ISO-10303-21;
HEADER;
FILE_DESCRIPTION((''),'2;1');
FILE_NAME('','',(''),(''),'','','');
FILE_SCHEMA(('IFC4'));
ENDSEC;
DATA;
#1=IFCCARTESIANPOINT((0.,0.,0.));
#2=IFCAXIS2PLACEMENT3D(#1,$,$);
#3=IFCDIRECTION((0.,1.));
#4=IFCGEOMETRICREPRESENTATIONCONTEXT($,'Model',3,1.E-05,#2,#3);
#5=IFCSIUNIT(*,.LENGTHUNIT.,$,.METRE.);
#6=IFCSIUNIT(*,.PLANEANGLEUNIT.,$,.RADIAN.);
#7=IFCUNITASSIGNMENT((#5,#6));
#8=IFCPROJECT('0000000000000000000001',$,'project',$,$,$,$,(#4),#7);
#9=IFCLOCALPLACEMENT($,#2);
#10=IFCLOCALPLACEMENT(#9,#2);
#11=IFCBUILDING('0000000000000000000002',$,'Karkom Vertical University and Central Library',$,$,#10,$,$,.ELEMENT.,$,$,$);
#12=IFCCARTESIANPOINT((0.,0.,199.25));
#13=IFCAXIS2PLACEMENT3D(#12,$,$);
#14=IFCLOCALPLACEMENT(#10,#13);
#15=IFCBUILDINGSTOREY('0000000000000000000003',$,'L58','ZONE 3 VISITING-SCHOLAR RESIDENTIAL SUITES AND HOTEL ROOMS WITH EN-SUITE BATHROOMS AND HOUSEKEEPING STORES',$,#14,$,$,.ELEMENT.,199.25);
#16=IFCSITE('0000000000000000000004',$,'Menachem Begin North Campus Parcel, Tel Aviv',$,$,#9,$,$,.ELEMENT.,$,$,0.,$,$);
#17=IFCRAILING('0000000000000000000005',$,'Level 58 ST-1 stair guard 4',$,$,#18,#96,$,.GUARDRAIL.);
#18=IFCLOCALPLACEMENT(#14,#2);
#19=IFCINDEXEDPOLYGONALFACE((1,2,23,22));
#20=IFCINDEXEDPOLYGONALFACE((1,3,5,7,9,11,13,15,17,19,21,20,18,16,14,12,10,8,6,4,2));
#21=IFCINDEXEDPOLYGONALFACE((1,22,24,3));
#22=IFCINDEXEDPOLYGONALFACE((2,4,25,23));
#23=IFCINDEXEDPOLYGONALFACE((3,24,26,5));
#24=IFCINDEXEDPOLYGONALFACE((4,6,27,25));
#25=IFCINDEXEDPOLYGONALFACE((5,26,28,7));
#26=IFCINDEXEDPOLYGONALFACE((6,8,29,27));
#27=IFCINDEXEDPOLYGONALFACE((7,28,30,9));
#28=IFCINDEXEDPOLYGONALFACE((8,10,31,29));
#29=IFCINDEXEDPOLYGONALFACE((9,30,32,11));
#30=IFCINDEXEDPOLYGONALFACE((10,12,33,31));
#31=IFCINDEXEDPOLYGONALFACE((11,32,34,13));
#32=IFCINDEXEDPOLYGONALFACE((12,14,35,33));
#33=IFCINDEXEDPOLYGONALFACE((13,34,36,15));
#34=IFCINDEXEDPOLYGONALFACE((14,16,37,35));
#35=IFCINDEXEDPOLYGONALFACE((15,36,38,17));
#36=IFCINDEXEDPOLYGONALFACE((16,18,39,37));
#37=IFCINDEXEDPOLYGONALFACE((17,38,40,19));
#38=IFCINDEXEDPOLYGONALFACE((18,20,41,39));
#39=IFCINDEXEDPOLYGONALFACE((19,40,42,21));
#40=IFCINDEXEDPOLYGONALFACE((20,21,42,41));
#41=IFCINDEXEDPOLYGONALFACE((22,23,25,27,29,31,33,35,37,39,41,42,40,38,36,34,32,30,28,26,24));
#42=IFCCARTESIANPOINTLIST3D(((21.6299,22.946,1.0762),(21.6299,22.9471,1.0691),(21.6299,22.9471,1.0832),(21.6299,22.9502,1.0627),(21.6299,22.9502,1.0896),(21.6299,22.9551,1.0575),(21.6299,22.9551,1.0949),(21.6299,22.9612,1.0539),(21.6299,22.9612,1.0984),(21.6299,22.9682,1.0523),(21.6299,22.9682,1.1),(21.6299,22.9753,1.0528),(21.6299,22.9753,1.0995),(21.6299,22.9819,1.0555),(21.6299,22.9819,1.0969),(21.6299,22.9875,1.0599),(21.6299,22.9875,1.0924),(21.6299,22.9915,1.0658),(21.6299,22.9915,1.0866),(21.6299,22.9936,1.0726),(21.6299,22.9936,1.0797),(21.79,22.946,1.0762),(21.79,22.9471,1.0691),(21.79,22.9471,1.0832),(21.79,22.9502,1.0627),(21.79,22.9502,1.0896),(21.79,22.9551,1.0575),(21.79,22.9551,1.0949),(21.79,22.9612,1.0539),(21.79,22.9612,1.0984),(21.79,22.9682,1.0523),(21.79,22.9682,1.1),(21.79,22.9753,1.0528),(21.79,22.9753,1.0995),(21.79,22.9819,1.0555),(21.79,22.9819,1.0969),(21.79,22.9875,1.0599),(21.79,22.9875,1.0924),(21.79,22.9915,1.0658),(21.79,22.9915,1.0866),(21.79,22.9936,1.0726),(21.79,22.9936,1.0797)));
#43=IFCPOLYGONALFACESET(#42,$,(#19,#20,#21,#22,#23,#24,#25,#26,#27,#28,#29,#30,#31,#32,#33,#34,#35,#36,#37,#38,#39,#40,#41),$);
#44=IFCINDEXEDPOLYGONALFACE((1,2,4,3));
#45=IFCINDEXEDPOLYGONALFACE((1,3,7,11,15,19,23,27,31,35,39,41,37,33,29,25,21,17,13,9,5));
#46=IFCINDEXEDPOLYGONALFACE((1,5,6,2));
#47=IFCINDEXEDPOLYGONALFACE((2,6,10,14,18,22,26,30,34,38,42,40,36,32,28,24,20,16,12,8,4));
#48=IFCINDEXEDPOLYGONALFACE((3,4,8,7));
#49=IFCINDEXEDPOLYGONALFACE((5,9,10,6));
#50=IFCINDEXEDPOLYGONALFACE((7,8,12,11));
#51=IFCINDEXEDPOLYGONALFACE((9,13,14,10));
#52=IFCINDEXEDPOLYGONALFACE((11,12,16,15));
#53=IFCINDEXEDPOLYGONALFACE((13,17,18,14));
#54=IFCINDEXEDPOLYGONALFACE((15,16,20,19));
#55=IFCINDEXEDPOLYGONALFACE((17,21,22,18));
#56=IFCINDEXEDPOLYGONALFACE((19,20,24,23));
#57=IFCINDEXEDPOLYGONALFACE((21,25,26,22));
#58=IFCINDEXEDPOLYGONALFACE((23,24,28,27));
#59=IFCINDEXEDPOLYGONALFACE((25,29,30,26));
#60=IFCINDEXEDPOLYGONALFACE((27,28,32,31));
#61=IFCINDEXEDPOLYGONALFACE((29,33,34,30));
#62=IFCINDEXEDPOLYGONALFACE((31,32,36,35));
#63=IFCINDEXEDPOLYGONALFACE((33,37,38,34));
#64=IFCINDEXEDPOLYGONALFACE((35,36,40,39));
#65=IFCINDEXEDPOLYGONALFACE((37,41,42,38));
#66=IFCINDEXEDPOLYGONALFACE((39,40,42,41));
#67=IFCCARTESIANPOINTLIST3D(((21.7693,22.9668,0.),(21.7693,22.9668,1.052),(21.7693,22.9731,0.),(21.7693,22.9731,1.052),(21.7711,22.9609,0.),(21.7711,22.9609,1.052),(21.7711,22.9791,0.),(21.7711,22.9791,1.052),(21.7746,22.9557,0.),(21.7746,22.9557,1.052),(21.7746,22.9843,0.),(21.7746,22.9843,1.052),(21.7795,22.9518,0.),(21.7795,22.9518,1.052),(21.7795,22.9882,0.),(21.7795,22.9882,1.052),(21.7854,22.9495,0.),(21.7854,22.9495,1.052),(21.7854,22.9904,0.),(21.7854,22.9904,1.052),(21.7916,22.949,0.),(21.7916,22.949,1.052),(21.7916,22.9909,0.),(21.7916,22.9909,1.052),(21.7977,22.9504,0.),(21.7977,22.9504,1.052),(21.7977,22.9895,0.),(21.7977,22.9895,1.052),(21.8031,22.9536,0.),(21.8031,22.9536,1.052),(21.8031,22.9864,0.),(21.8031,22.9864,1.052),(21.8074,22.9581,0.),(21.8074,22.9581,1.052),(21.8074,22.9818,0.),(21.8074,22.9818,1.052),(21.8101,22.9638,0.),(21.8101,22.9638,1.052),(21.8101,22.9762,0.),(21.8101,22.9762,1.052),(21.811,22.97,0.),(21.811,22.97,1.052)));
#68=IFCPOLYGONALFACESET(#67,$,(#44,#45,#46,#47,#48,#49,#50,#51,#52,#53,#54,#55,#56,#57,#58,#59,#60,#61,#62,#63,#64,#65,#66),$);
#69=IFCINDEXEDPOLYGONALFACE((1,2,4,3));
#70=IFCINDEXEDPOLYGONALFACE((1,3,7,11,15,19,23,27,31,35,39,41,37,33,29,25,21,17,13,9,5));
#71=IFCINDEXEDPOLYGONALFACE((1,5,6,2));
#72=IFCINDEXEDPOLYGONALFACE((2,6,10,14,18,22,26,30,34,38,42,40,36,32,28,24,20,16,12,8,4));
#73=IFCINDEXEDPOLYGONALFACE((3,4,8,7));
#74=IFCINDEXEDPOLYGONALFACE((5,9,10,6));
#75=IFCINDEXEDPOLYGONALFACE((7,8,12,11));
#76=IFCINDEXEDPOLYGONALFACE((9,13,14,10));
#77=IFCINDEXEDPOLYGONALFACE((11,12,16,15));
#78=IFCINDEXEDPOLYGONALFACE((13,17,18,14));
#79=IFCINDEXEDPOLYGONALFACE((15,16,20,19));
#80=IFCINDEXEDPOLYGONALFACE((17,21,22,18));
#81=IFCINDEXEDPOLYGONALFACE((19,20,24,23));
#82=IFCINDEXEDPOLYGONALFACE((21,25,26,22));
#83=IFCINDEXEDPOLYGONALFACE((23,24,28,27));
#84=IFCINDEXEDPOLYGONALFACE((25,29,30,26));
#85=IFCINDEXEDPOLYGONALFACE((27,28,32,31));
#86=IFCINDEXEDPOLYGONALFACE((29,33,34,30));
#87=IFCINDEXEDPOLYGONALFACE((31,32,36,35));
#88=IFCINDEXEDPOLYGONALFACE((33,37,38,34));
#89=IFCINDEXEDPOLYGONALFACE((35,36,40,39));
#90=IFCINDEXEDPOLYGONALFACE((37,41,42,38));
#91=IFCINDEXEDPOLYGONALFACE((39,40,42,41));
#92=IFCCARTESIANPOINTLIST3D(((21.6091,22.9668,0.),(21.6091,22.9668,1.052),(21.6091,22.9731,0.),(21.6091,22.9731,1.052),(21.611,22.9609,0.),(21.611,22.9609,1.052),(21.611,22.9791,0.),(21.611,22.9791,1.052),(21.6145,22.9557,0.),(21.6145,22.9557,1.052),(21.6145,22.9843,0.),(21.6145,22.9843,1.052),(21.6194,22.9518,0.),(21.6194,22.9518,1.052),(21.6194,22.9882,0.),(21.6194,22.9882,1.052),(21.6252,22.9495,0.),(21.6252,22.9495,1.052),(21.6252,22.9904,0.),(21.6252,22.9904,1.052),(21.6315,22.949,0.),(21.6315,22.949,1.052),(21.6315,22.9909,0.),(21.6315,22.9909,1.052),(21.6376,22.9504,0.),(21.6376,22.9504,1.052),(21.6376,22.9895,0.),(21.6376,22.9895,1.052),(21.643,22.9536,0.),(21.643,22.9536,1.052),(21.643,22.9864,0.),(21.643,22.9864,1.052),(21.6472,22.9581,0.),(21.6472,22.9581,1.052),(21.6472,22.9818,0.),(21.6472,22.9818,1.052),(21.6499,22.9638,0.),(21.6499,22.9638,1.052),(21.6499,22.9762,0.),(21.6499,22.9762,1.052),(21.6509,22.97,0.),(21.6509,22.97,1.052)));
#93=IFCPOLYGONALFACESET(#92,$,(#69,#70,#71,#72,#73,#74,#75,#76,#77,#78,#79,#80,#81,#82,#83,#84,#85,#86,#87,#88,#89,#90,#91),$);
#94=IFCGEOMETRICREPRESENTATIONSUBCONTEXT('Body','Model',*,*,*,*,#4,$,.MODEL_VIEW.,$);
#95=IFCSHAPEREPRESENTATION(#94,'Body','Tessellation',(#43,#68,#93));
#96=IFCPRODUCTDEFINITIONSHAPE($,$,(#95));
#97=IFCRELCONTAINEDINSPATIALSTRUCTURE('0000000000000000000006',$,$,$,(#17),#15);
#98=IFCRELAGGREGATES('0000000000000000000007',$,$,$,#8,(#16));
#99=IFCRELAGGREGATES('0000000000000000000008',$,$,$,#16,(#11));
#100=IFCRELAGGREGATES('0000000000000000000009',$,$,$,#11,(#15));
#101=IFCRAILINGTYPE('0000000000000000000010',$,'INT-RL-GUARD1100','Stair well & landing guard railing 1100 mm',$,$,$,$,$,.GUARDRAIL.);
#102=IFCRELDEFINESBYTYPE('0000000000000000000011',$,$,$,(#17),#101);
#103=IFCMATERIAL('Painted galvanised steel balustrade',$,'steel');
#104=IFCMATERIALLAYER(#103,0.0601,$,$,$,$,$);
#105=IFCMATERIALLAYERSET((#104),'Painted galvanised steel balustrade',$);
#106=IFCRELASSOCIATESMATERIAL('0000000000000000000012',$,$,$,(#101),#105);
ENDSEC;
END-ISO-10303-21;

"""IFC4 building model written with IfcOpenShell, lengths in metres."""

from ifc_helpers import new_model, si_unit, direction, frame, origin, origin_2d, place, context, subcontext, project, spatial, circle, extrude, material, layer, layer_set, type_object, element, save


model = new_model("IFC4")

# Units and contexts
model_context = context("Model", 3, precision=1e-05, world=origin(), true_north=direction((0.0, 1.0)))
body_context = subcontext(model_context, "Body", "Model", "MODEL_VIEW")
ifc_project = project(units=[si_unit("LENGTHUNIT", "METRE"), si_unit("PLANEANGLEUNIT", "RADIAN")], contexts=[model_context])

# Site, building, storey
site_placement = place(None, origin())
site = spatial("IfcSite", under=ifc_project, at=site_placement, Name="Menachem Begin North Campus Parcel, Tel Aviv", CompositionType="ELEMENT", RefElevation=0.0)
building_placement = place(site_placement, origin())
building = spatial("IfcBuilding", under=site, at=building_placement, Name="Karkom Vertical University and Central Library", CompositionType="ELEMENT")
storey_placement = place(building_placement, frame((0.0, 0.0, 199.25)))
storey = spatial("IfcBuildingStorey", under=building, at=storey_placement, Name="L58", Description="ZONE 3 VISITING-SCHOLAR RESIDENTIAL SUITES AND HOTEL ROOMS WITH EN-SUITE BATHROOMS AND HOUSEKEEPING STORES", CompositionType="ELEMENT", Elevation=199.25)

# Railing
ifc_material_1 = material(Name="Painted galvanised steel balustrade", Category="steel")
ifc_layer_1 = layer(ifc_material_1, 0.0601)
ifc_layer_set_1 = layer_set([ifc_layer_1], Name="Painted galvanised steel balustrade")
railing_type_1 = type_object("IfcRailingType", Name="INT-RL-GUARD1100", Description="Stair well & landing guard railing 1100 mm", PredefinedType="GUARDRAIL", material=ifc_layer_set_1)
railing_1_placement = place(storey_placement, frame((21.79, 22.97, 0.0)))
element("IfcRailing", 1, at=railing_1_placement, inside=storey, type_object=railing_type_1, Name="Level 58 ST-1 stair guard 4", PredefinedType="GUARDRAIL", context=body_context, shape_type="SweptSolid", body=[
    extrude(circle(Radius=0.0239, at=origin_2d()), frame((0.0, 0.0, 1.0762), z_axis=(-1.0, 0.0, 0.0), x_axis=(0.0, -1.0, 0.0)), (0.0, 0.0, 1.0), 0.1602),
    extrude(circle(Radius=0.021, at=origin_2d()), origin(), (0.0, 0.0, 1.0), 1.052),
    extrude(circle(Radius=0.021, at=origin_2d()), frame((-0.1602, 0.0, 0.0)), (0.0, 0.0, 1.0), 1.052),
])

save(model, "model.ifc")
